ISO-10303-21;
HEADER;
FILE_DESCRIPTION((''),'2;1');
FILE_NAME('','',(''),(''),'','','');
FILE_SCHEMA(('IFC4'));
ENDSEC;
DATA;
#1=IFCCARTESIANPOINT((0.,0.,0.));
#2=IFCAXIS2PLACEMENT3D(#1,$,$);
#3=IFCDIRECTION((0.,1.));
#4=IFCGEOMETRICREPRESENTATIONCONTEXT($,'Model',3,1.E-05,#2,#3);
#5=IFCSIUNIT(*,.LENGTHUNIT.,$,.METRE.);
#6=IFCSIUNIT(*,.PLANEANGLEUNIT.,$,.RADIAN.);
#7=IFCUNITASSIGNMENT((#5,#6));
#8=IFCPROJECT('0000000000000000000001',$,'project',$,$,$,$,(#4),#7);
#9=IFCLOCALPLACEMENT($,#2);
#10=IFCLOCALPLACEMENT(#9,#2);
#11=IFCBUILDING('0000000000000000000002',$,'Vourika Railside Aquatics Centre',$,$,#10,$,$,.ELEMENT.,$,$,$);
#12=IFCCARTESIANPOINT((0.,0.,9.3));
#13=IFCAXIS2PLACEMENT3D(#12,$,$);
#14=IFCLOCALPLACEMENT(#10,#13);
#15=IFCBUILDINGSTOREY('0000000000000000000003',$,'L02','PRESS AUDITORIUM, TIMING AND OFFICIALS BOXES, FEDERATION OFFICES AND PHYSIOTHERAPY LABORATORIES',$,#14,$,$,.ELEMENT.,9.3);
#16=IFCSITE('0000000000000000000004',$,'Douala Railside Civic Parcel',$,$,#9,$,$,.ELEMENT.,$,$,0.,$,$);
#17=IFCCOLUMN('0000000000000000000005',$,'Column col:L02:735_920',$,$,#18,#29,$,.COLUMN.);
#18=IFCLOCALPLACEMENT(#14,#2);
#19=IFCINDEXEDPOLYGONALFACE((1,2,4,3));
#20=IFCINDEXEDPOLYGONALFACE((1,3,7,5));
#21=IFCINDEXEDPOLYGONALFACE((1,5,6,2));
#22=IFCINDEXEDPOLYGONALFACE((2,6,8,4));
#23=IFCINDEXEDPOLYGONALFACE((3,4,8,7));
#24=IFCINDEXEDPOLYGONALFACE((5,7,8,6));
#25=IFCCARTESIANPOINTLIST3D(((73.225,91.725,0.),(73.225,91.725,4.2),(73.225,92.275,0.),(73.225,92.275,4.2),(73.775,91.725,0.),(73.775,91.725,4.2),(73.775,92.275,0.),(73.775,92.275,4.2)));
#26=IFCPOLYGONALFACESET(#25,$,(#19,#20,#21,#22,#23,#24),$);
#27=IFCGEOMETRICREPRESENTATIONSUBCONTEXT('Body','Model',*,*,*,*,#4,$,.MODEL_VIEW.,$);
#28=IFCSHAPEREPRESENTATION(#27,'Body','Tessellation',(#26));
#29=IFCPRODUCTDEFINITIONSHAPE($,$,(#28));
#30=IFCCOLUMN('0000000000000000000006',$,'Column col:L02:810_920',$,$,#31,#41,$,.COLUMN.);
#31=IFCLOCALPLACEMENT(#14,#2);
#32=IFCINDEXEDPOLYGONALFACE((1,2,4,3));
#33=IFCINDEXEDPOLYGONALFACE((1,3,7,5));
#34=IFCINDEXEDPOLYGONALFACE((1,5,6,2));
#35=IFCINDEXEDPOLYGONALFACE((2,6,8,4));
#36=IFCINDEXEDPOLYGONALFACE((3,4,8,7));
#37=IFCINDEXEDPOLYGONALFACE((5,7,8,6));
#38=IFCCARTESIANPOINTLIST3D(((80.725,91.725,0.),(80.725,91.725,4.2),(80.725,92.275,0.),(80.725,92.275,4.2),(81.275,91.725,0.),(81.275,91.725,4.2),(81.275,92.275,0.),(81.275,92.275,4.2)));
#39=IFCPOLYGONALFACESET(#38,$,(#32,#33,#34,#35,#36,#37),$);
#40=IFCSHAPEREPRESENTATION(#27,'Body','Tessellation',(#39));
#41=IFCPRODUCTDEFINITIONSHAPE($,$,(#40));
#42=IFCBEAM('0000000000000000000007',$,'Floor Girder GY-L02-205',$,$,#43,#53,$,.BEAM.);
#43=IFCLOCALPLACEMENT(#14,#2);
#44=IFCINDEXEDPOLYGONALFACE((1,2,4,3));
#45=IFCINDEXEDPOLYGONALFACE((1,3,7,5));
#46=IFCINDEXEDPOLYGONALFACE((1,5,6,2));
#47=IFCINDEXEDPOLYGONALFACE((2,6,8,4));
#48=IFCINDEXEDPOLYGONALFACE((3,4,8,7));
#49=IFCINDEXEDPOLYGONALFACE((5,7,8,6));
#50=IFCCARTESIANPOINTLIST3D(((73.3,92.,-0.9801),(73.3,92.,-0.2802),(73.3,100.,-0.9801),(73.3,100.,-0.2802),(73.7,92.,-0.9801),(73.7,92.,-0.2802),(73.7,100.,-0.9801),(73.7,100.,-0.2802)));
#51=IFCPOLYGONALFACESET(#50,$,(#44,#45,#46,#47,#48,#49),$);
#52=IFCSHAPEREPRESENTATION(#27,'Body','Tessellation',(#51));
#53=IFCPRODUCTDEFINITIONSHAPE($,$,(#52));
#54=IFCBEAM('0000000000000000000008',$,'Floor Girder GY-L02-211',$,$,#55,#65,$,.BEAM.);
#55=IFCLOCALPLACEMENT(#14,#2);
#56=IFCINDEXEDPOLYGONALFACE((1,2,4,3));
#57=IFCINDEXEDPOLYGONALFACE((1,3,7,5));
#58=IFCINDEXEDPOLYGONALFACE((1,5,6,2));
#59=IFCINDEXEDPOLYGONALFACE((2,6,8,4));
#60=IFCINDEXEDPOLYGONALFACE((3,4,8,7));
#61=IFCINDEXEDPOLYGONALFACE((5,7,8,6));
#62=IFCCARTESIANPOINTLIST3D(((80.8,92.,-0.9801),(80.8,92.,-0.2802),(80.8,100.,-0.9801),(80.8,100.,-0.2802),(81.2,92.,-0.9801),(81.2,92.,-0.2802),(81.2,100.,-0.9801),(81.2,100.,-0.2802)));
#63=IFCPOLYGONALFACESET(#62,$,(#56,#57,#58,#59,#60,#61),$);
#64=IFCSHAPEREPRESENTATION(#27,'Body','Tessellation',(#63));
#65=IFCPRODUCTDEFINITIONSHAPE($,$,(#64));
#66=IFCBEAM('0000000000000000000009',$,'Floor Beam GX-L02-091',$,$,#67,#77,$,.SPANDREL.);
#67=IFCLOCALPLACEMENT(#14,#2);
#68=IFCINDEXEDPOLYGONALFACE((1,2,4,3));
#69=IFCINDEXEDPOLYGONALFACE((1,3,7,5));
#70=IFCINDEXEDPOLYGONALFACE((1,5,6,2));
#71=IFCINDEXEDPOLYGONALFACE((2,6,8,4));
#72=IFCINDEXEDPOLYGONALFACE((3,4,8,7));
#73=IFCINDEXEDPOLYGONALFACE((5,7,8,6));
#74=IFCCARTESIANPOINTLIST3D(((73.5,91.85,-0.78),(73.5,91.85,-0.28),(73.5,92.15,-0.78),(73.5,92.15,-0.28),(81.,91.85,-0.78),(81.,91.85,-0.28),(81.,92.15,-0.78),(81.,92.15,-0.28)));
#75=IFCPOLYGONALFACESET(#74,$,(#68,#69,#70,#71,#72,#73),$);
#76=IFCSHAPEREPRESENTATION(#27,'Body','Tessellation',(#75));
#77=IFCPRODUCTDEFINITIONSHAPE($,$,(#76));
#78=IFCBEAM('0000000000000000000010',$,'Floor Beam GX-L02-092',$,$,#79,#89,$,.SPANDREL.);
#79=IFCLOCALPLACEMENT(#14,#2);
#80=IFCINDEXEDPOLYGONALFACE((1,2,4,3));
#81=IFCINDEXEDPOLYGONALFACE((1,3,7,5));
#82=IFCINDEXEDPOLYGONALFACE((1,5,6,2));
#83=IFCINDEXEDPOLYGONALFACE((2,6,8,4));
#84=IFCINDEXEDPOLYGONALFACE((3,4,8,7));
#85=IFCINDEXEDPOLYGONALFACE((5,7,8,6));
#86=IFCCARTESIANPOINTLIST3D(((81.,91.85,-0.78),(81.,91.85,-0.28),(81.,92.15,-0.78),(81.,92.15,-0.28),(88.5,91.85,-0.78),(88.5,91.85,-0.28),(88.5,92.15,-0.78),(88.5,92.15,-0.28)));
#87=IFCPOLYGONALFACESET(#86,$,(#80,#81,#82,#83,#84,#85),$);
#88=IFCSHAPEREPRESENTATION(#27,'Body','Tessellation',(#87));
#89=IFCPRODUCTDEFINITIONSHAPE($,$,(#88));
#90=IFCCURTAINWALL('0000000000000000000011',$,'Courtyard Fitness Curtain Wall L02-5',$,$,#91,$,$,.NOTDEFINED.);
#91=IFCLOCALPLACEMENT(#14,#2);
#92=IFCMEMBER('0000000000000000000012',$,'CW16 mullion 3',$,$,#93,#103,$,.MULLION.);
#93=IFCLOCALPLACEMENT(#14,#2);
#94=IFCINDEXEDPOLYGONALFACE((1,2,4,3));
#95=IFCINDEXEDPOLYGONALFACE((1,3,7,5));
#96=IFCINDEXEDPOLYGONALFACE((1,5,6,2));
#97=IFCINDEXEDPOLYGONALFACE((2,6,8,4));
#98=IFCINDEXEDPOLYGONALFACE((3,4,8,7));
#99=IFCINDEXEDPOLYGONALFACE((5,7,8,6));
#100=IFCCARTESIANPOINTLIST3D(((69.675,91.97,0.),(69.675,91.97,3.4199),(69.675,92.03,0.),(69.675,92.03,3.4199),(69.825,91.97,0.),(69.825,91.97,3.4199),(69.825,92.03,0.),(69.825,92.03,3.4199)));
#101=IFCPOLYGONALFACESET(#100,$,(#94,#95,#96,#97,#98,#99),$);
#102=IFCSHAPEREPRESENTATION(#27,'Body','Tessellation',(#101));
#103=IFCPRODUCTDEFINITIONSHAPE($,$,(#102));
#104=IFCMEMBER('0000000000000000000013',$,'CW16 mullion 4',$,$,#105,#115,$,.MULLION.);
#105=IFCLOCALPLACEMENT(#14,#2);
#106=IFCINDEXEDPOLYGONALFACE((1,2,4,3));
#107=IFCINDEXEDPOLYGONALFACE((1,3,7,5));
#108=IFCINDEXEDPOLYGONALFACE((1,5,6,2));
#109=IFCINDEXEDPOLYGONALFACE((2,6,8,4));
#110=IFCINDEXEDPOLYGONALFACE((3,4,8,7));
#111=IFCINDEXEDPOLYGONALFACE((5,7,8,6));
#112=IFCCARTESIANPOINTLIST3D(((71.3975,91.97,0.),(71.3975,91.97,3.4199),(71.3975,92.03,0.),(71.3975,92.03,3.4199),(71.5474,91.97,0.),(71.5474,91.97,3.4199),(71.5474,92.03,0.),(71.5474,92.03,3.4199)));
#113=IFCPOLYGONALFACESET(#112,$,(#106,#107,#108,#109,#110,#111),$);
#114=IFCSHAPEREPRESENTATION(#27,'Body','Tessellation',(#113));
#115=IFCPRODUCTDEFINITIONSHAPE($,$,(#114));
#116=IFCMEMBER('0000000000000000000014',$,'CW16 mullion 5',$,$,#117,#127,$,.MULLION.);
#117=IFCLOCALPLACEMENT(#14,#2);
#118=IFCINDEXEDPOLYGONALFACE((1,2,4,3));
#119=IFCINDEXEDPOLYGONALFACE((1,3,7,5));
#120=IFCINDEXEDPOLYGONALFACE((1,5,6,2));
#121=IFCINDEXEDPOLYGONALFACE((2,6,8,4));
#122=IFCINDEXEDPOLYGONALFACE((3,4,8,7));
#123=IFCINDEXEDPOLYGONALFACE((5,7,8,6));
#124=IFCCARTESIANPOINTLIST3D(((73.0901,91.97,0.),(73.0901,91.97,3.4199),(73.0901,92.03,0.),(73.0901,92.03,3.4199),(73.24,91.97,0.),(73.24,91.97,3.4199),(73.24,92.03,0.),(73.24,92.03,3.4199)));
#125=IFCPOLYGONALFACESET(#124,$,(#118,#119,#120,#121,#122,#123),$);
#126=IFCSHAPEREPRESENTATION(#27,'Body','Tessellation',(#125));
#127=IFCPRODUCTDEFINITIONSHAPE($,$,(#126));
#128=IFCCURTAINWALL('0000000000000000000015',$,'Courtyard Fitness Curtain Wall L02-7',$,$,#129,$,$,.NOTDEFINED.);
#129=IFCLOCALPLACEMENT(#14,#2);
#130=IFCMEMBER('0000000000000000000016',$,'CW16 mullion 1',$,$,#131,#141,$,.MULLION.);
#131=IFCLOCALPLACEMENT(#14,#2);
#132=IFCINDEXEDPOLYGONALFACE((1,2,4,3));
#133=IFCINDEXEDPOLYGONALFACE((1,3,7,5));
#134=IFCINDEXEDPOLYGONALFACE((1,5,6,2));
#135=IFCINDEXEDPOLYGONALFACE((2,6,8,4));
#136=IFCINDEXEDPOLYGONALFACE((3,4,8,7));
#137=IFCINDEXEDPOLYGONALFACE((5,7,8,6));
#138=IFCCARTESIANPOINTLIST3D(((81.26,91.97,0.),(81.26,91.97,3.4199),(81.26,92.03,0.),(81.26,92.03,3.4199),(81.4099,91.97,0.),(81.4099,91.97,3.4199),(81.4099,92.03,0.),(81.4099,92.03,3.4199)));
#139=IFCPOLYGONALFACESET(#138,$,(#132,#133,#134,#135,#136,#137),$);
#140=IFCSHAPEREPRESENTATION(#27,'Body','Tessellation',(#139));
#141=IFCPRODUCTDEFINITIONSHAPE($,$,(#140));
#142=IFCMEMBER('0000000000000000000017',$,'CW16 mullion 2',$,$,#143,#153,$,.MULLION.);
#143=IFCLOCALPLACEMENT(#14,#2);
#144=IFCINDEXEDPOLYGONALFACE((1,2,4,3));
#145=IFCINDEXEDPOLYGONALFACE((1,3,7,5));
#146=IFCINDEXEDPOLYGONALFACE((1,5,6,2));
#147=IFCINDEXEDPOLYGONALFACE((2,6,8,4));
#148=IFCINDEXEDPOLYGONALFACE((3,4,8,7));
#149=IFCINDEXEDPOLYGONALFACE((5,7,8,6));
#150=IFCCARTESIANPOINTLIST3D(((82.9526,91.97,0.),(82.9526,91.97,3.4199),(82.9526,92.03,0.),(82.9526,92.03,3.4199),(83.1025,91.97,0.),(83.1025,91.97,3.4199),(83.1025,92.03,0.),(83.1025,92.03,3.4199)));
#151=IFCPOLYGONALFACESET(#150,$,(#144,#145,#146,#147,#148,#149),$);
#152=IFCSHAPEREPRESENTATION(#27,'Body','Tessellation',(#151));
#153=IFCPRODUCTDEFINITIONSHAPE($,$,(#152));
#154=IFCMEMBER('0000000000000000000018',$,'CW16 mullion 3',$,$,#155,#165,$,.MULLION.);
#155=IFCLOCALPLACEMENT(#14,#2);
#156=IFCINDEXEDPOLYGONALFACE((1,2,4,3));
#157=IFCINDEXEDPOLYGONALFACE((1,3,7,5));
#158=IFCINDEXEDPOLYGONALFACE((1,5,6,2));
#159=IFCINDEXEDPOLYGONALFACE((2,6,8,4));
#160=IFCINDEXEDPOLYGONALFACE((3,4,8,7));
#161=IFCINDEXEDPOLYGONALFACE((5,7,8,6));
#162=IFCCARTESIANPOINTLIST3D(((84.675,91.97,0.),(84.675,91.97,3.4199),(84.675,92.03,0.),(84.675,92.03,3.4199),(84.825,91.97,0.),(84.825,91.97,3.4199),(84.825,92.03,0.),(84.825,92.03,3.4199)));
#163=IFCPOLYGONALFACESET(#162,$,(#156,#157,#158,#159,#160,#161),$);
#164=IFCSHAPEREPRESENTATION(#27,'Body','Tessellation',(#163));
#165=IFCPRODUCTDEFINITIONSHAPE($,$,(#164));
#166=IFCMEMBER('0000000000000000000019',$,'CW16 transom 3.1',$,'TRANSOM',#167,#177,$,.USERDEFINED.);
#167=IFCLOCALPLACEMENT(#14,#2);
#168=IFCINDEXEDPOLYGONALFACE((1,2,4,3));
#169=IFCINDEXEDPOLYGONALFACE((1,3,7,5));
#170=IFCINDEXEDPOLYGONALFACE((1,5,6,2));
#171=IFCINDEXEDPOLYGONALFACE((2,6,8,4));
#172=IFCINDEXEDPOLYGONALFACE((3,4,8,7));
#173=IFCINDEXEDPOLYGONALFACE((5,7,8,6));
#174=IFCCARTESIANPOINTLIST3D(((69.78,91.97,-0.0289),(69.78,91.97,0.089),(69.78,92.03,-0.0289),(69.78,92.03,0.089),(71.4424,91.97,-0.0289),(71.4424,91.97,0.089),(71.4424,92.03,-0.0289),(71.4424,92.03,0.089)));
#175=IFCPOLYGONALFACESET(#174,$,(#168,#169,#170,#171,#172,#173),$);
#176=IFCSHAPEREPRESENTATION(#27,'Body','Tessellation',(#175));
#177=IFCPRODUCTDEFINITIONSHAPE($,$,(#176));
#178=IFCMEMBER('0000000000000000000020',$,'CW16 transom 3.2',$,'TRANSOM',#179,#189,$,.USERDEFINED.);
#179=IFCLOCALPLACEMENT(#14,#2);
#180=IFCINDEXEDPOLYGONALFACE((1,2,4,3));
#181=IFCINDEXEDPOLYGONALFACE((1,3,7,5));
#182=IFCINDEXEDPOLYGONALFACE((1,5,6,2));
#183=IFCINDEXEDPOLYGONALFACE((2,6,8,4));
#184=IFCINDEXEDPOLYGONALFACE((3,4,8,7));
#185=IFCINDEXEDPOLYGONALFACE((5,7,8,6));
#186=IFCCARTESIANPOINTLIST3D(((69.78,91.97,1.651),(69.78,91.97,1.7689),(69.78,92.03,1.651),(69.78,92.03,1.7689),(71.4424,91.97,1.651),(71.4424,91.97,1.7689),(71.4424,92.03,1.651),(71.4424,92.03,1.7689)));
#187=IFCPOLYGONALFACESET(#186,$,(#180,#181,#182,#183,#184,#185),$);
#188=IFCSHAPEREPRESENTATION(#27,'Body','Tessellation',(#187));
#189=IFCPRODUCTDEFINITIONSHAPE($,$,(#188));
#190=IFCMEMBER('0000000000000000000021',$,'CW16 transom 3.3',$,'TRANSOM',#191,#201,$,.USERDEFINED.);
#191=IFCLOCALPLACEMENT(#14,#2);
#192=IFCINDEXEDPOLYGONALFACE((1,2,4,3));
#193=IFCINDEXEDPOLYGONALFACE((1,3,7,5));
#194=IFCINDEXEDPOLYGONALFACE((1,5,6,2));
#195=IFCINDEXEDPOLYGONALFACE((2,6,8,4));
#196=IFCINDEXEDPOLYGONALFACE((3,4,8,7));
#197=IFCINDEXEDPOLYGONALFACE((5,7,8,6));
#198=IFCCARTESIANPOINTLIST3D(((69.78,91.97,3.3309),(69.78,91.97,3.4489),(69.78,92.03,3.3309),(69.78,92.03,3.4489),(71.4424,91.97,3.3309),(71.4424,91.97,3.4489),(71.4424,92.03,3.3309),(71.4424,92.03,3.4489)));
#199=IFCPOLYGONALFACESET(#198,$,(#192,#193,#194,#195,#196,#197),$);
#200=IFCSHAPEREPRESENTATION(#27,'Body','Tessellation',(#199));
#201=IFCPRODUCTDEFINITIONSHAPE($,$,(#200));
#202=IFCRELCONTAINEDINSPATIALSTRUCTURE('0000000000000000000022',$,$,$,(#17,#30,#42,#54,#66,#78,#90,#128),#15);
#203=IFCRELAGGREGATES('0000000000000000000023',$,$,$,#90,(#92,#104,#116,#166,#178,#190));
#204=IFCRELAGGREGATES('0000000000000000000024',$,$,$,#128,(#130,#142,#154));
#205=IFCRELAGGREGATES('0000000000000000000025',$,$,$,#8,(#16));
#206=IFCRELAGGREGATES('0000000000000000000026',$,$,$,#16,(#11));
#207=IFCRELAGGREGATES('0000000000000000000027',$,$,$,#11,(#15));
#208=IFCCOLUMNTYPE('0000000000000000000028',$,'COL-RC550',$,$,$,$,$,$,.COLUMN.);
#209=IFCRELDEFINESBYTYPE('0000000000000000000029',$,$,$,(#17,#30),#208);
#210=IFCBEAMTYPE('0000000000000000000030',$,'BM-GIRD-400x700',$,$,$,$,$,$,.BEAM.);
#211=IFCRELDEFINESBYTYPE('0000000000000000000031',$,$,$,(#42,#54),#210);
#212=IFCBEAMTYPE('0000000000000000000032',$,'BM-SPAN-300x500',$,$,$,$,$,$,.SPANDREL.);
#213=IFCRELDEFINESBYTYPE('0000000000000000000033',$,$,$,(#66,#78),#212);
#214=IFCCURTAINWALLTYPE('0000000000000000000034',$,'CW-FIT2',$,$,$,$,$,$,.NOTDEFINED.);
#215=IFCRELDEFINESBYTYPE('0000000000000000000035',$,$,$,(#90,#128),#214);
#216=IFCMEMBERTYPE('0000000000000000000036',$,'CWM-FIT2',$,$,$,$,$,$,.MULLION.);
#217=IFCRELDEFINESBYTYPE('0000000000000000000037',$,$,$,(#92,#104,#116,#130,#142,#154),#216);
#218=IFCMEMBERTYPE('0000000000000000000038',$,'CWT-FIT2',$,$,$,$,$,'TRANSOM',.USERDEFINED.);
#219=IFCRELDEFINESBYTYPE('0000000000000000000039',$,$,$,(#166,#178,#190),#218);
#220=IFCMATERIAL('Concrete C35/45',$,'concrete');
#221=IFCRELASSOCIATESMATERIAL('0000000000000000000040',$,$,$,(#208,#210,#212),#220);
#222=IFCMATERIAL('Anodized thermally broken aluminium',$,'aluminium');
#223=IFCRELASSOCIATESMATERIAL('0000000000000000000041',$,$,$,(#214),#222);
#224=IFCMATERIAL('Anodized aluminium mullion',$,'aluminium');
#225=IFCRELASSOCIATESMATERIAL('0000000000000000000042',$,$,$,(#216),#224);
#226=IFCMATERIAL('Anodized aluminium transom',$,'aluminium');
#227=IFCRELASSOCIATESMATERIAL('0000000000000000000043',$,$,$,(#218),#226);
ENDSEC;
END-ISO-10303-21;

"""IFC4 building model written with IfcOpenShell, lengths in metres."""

from ifc_helpers import new_model, si_unit, direction, frame, origin, origin_2d, place, context, subcontext, project, spatial, rectangle, extrude, material, material_profile, profile_set, type_object, element, aggregate, save


model = new_model("IFC4")

# Units and contexts
model_context = context("Model", 3, precision=1e-05, world=origin(), true_north=direction((0.0, 1.0)))
body_context = subcontext(model_context, "Body", "Model", "MODEL_VIEW")
ifc_project = project(units=[si_unit("LENGTHUNIT", "METRE"), si_unit("PLANEANGLEUNIT", "RADIAN")], contexts=[model_context])

# Site, building, storey
site_placement = place(None, origin())
site = spatial("IfcSite", under=ifc_project, at=site_placement, Name="Douala Railside Civic Parcel", CompositionType="ELEMENT", RefElevation=0.0)
building_placement = place(site_placement, origin())
building = spatial("IfcBuilding", under=site, at=building_placement, Name="Vourika Railside Aquatics Centre", CompositionType="ELEMENT")
storey_placement = place(building_placement, frame((0.0, 0.0, 9.3)))
storey = spatial("IfcBuildingStorey", under=building, at=storey_placement, Name="L02", Description="PRESS AUDITORIUM, TIMING AND OFFICIALS BOXES, FEDERATION OFFICES AND PHYSIOTHERAPY LABORATORIES", CompositionType="ELEMENT", Elevation=9.3)

# Columns
ifc_material_1 = material(Name="Concrete C35/45", Category="concrete")
ifc_material_profile_1 = material_profile(ifc_material_1, rectangle(XDim=0.55, YDim=0.55, at=origin_2d()), Name="RC 550x550")
ifc_profile_set_1 = profile_set([ifc_material_profile_1], Name="Concrete C35/45")
column_type = type_object("IfcColumnType", Name="COL-RC550", PredefinedType="COLUMN", material=ifc_profile_set_1)
for number, where, z_axis, x_axis, name in (
    (1, (73.5, 92.0, 0.0), (0.0, 0.0, 1.0), (1.0, 0.0, 0.0), "Column col:L02:735_920"),
    (2, (81.0, 92.0, 0.0), (0.0, 0.0, 1.0), (1.0, 0.0, 0.0), "Column col:L02:810_920"),
):
    element("IfcColumn", number, at=place(storey_placement, frame(where, z_axis=z_axis, x_axis=x_axis)), inside=storey, type_object=column_type, Name=name, PredefinedType="COLUMN", context=body_context, shape_type="SweptSolid", body=[
        extrude(rectangle(XDim=0.55, YDim=0.55, at=origin_2d()), origin(), (0.0, 0.0, 1.0), 4.2),
    ])

# Beams
ifc_material_profile_2 = material_profile(ifc_material_1, rectangle(XDim=0.3999, YDim=0.7, at=origin_2d()), Name="RC 400x700")
ifc_profile_set_2 = profile_set([ifc_material_profile_2], Name="Concrete C35/45")
beam_type_1 = type_object("IfcBeamType", Name="BM-GIRD-400x700", PredefinedType="BEAM", material=ifc_profile_set_2)
for number, where, z_axis, x_axis, name in (
    (3, (73.5, 92.0, -0.6301), (0.0, 1.0, 0.0), (-1.0, 0.0, 0.0), "Floor Girder GY-L02-205"),
    (4, (81.0, 92.0, -0.6301), (0.0, 1.0, 0.0), (-1.0, 0.0, 0.0), "Floor Girder GY-L02-211"),
):
    element("IfcBeam", number, at=place(storey_placement, frame(where, z_axis=z_axis, x_axis=x_axis)), inside=storey, type_object=beam_type_1, Name=name, PredefinedType="BEAM", context=body_context, shape_type="SweptSolid", body=[
        extrude(rectangle(XDim=0.3999, YDim=0.7, at=origin_2d()), origin(), (0.0, 0.0, 1.0), 8.0),
    ])
ifc_material_profile_3 = material_profile(ifc_material_1, rectangle(XDim=0.3, YDim=0.5, at=origin_2d()), Name="RC 300x500")
ifc_profile_set_3 = profile_set([ifc_material_profile_3], Name="Concrete C35/45")
beam_type_2 = type_object("IfcBeamType", Name="BM-SPAN-300x500", PredefinedType="SPANDREL", material=ifc_profile_set_3)
for number, where, z_axis, x_axis, name in (
    (5, (73.5, 92.0, -0.53), (1.0, 0.0, 0.0), (0.0, 1.0, 0.0), "Floor Beam GX-L02-091"),
    (6, (81.0, 92.0, -0.53), (1.0, 0.0, 0.0), (0.0, 1.0, 0.0), "Floor Beam GX-L02-092"),
):
    element("IfcBeam", number, at=place(storey_placement, frame(where, z_axis=z_axis, x_axis=x_axis)), inside=storey, type_object=beam_type_2, Name=name, PredefinedType="SPANDREL", context=body_context, shape_type="SweptSolid", body=[
        extrude(rectangle(XDim=0.3, YDim=0.5, at=origin_2d()), origin(), (0.0, 0.0, 1.0), 7.5),
    ])

# Curtain walls, members
ifc_material_2 = material(Name="Anodized thermally broken aluminium", Category="aluminium")
curtain_wall_type = type_object("IfcCurtainWallType", Name="CW-FIT2", PredefinedType="NOTDEFINED", material=ifc_material_2)
curtain_wall_1_placement = place(storey_placement, origin())
curtain_wall_1 = element("IfcCurtainWall", 7, at=curtain_wall_1_placement, inside=storey, type_object=curtain_wall_type, Name="Courtyard Fitness Curtain Wall L02-5", PredefinedType="NOTDEFINED")
ifc_material_3 = material(Name="Anodized aluminium mullion", Category="aluminium")
ifc_material_profile_4 = material_profile(ifc_material_3, rectangle(XDim=0.0601, YDim=0.1499, at=origin_2d()), Name="ALU-M 60x150")
ifc_profile_set_4 = profile_set([ifc_material_profile_4], Name="Anodized aluminium mullion")
member_type_1 = type_object("IfcMemberType", Name="CWM-FIT2", PredefinedType="MULLION", material=ifc_profile_set_4)
member_1_placement = place(storey_placement, frame((69.75, 92.0, 0.0), z_axis=(0.0, 0.0, 1.0), x_axis=(0.0, 1.0, 0.0)))
member_1 = element("IfcMember", 8, at=member_1_placement, type_object=member_type_1, Name="CW16 mullion 3", PredefinedType="MULLION", context=body_context, shape_type="SweptSolid", body=[
    extrude(rectangle(XDim=0.0601, YDim=0.1499, at=origin_2d()), origin(), (0.0, 0.0, 1.0), 3.4199),
])
member_2_placement = place(storey_placement, frame((71.4724, 92.0, 0.0), z_axis=(0.0, 0.0, 1.0), x_axis=(0.0, 1.0, 0.0)))
member_2 = element("IfcMember", 9, at=member_2_placement, type_object=member_type_1, Name="CW16 mullion 4", PredefinedType="MULLION", context=body_context, shape_type="SweptSolid", body=[
    extrude(rectangle(XDim=0.0601, YDim=0.1499, at=origin_2d()), origin(), (0.0, 0.0, 1.0), 3.4199),
])
member_3_placement = place(storey_placement, frame((73.165, 92.0, 0.0), z_axis=(0.0, 0.0, 1.0), x_axis=(0.0, 1.0, 0.0)))
member_3 = element("IfcMember", 10, at=member_3_placement, type_object=member_type_1, Name="CW16 mullion 5", PredefinedType="MULLION", context=body_context, shape_type="SweptSolid", body=[
    extrude(rectangle(XDim=0.0601, YDim=0.1499, at=origin_2d()), origin(), (0.0, 0.0, 1.0), 3.4199),
])
curtain_wall_2_placement = place(storey_placement, origin())
curtain_wall_2 = element("IfcCurtainWall", 11, at=curtain_wall_2_placement, inside=storey, type_object=curtain_wall_type, Name="Courtyard Fitness Curtain Wall L02-7", PredefinedType="NOTDEFINED")
member_4_placement = place(storey_placement, frame((81.335, 92.0, 0.0), z_axis=(0.0, 0.0, 1.0), x_axis=(0.0, 1.0, 0.0)))
member_4 = element("IfcMember", 12, at=member_4_placement, type_object=member_type_1, Name="CW16 mullion 1", PredefinedType="MULLION", context=body_context, shape_type="SweptSolid", body=[
    extrude(rectangle(XDim=0.0601, YDim=0.1499, at=origin_2d()), origin(), (0.0, 0.0, 1.0), 3.4199),
])
member_5_placement = place(storey_placement, frame((83.0276, 92.0, 0.0), z_axis=(0.0, 0.0, 1.0), x_axis=(0.0, 1.0, 0.0)))
member_5 = element("IfcMember", 13, at=member_5_placement, type_object=member_type_1, Name="CW16 mullion 2", PredefinedType="MULLION", context=body_context, shape_type="SweptSolid", body=[
    extrude(rectangle(XDim=0.0601, YDim=0.1499, at=origin_2d()), origin(), (0.0, 0.0, 1.0), 3.4199),
])
member_6_placement = place(storey_placement, frame((84.75, 92.0, 0.0), z_axis=(0.0, 0.0, 1.0), x_axis=(0.0, 1.0, 0.0)))
member_6 = element("IfcMember", 14, at=member_6_placement, type_object=member_type_1, Name="CW16 mullion 3", PredefinedType="MULLION", context=body_context, shape_type="SweptSolid", body=[
    extrude(rectangle(XDim=0.0601, YDim=0.1499, at=origin_2d()), origin(), (0.0, 0.0, 1.0), 3.4199),
])

# Members
ifc_material_4 = material(Name="Anodized aluminium transom", Category="aluminium")
ifc_material_profile_5 = material_profile(ifc_material_4, rectangle(XDim=0.0601, YDim=0.1179, at=origin_2d()), Name="ALU-T 60x118")
ifc_profile_set_5 = profile_set([ifc_material_profile_5], Name="Anodized aluminium transom")
member_type_2 = type_object("IfcMemberType", Name="CWT-FIT2", ElementType="TRANSOM", PredefinedType="USERDEFINED", material=ifc_profile_set_5)
member_7_placement = place(storey_placement, frame((69.78, 92.0, 0.03), z_axis=(1.0, 0.0, 0.0), x_axis=(0.0, 1.0, 0.0)))
member_7 = element("IfcMember", 15, at=member_7_placement, type_object=member_type_2, Name="CW16 transom 3.1", ObjectType="TRANSOM", PredefinedType="USERDEFINED", context=body_context, shape_type="SweptSolid", body=[
    extrude(rectangle(XDim=0.0601, YDim=0.1179, at=origin_2d()), origin(), (0.0, 0.0, 1.0), 1.6624),
])
member_8_placement = place(storey_placement, frame((69.78, 92.0, 1.71), z_axis=(1.0, 0.0, 0.0), x_axis=(0.0, 1.0, 0.0)))
member_8 = element("IfcMember", 16, at=member_8_placement, type_object=member_type_2, Name="CW16 transom 3.2", ObjectType="TRANSOM", PredefinedType="USERDEFINED", context=body_context, shape_type="SweptSolid", body=[
    extrude(rectangle(XDim=0.0601, YDim=0.1179, at=origin_2d()), origin(), (0.0, 0.0, 1.0), 1.6624),
])
member_9_placement = place(storey_placement, frame((69.78, 92.0, 3.3899), z_axis=(1.0, 0.0, 0.0), x_axis=(0.0, 1.0, 0.0)))
member_9 = element("IfcMember", 17, at=member_9_placement, type_object=member_type_2, Name="CW16 transom 3.3", ObjectType="TRANSOM", PredefinedType="USERDEFINED", context=body_context, shape_type="SweptSolid", body=[
    extrude(rectangle(XDim=0.0601, YDim=0.1179, at=origin_2d()), origin(), (0.0, 0.0, 1.0), 1.6624),
])

aggregate(curtain_wall_1, [member_1, member_2, member_3, member_7, member_8, member_9])
aggregate(curtain_wall_2, [member_4, member_5, member_6])

save(model, "model.ifc")
